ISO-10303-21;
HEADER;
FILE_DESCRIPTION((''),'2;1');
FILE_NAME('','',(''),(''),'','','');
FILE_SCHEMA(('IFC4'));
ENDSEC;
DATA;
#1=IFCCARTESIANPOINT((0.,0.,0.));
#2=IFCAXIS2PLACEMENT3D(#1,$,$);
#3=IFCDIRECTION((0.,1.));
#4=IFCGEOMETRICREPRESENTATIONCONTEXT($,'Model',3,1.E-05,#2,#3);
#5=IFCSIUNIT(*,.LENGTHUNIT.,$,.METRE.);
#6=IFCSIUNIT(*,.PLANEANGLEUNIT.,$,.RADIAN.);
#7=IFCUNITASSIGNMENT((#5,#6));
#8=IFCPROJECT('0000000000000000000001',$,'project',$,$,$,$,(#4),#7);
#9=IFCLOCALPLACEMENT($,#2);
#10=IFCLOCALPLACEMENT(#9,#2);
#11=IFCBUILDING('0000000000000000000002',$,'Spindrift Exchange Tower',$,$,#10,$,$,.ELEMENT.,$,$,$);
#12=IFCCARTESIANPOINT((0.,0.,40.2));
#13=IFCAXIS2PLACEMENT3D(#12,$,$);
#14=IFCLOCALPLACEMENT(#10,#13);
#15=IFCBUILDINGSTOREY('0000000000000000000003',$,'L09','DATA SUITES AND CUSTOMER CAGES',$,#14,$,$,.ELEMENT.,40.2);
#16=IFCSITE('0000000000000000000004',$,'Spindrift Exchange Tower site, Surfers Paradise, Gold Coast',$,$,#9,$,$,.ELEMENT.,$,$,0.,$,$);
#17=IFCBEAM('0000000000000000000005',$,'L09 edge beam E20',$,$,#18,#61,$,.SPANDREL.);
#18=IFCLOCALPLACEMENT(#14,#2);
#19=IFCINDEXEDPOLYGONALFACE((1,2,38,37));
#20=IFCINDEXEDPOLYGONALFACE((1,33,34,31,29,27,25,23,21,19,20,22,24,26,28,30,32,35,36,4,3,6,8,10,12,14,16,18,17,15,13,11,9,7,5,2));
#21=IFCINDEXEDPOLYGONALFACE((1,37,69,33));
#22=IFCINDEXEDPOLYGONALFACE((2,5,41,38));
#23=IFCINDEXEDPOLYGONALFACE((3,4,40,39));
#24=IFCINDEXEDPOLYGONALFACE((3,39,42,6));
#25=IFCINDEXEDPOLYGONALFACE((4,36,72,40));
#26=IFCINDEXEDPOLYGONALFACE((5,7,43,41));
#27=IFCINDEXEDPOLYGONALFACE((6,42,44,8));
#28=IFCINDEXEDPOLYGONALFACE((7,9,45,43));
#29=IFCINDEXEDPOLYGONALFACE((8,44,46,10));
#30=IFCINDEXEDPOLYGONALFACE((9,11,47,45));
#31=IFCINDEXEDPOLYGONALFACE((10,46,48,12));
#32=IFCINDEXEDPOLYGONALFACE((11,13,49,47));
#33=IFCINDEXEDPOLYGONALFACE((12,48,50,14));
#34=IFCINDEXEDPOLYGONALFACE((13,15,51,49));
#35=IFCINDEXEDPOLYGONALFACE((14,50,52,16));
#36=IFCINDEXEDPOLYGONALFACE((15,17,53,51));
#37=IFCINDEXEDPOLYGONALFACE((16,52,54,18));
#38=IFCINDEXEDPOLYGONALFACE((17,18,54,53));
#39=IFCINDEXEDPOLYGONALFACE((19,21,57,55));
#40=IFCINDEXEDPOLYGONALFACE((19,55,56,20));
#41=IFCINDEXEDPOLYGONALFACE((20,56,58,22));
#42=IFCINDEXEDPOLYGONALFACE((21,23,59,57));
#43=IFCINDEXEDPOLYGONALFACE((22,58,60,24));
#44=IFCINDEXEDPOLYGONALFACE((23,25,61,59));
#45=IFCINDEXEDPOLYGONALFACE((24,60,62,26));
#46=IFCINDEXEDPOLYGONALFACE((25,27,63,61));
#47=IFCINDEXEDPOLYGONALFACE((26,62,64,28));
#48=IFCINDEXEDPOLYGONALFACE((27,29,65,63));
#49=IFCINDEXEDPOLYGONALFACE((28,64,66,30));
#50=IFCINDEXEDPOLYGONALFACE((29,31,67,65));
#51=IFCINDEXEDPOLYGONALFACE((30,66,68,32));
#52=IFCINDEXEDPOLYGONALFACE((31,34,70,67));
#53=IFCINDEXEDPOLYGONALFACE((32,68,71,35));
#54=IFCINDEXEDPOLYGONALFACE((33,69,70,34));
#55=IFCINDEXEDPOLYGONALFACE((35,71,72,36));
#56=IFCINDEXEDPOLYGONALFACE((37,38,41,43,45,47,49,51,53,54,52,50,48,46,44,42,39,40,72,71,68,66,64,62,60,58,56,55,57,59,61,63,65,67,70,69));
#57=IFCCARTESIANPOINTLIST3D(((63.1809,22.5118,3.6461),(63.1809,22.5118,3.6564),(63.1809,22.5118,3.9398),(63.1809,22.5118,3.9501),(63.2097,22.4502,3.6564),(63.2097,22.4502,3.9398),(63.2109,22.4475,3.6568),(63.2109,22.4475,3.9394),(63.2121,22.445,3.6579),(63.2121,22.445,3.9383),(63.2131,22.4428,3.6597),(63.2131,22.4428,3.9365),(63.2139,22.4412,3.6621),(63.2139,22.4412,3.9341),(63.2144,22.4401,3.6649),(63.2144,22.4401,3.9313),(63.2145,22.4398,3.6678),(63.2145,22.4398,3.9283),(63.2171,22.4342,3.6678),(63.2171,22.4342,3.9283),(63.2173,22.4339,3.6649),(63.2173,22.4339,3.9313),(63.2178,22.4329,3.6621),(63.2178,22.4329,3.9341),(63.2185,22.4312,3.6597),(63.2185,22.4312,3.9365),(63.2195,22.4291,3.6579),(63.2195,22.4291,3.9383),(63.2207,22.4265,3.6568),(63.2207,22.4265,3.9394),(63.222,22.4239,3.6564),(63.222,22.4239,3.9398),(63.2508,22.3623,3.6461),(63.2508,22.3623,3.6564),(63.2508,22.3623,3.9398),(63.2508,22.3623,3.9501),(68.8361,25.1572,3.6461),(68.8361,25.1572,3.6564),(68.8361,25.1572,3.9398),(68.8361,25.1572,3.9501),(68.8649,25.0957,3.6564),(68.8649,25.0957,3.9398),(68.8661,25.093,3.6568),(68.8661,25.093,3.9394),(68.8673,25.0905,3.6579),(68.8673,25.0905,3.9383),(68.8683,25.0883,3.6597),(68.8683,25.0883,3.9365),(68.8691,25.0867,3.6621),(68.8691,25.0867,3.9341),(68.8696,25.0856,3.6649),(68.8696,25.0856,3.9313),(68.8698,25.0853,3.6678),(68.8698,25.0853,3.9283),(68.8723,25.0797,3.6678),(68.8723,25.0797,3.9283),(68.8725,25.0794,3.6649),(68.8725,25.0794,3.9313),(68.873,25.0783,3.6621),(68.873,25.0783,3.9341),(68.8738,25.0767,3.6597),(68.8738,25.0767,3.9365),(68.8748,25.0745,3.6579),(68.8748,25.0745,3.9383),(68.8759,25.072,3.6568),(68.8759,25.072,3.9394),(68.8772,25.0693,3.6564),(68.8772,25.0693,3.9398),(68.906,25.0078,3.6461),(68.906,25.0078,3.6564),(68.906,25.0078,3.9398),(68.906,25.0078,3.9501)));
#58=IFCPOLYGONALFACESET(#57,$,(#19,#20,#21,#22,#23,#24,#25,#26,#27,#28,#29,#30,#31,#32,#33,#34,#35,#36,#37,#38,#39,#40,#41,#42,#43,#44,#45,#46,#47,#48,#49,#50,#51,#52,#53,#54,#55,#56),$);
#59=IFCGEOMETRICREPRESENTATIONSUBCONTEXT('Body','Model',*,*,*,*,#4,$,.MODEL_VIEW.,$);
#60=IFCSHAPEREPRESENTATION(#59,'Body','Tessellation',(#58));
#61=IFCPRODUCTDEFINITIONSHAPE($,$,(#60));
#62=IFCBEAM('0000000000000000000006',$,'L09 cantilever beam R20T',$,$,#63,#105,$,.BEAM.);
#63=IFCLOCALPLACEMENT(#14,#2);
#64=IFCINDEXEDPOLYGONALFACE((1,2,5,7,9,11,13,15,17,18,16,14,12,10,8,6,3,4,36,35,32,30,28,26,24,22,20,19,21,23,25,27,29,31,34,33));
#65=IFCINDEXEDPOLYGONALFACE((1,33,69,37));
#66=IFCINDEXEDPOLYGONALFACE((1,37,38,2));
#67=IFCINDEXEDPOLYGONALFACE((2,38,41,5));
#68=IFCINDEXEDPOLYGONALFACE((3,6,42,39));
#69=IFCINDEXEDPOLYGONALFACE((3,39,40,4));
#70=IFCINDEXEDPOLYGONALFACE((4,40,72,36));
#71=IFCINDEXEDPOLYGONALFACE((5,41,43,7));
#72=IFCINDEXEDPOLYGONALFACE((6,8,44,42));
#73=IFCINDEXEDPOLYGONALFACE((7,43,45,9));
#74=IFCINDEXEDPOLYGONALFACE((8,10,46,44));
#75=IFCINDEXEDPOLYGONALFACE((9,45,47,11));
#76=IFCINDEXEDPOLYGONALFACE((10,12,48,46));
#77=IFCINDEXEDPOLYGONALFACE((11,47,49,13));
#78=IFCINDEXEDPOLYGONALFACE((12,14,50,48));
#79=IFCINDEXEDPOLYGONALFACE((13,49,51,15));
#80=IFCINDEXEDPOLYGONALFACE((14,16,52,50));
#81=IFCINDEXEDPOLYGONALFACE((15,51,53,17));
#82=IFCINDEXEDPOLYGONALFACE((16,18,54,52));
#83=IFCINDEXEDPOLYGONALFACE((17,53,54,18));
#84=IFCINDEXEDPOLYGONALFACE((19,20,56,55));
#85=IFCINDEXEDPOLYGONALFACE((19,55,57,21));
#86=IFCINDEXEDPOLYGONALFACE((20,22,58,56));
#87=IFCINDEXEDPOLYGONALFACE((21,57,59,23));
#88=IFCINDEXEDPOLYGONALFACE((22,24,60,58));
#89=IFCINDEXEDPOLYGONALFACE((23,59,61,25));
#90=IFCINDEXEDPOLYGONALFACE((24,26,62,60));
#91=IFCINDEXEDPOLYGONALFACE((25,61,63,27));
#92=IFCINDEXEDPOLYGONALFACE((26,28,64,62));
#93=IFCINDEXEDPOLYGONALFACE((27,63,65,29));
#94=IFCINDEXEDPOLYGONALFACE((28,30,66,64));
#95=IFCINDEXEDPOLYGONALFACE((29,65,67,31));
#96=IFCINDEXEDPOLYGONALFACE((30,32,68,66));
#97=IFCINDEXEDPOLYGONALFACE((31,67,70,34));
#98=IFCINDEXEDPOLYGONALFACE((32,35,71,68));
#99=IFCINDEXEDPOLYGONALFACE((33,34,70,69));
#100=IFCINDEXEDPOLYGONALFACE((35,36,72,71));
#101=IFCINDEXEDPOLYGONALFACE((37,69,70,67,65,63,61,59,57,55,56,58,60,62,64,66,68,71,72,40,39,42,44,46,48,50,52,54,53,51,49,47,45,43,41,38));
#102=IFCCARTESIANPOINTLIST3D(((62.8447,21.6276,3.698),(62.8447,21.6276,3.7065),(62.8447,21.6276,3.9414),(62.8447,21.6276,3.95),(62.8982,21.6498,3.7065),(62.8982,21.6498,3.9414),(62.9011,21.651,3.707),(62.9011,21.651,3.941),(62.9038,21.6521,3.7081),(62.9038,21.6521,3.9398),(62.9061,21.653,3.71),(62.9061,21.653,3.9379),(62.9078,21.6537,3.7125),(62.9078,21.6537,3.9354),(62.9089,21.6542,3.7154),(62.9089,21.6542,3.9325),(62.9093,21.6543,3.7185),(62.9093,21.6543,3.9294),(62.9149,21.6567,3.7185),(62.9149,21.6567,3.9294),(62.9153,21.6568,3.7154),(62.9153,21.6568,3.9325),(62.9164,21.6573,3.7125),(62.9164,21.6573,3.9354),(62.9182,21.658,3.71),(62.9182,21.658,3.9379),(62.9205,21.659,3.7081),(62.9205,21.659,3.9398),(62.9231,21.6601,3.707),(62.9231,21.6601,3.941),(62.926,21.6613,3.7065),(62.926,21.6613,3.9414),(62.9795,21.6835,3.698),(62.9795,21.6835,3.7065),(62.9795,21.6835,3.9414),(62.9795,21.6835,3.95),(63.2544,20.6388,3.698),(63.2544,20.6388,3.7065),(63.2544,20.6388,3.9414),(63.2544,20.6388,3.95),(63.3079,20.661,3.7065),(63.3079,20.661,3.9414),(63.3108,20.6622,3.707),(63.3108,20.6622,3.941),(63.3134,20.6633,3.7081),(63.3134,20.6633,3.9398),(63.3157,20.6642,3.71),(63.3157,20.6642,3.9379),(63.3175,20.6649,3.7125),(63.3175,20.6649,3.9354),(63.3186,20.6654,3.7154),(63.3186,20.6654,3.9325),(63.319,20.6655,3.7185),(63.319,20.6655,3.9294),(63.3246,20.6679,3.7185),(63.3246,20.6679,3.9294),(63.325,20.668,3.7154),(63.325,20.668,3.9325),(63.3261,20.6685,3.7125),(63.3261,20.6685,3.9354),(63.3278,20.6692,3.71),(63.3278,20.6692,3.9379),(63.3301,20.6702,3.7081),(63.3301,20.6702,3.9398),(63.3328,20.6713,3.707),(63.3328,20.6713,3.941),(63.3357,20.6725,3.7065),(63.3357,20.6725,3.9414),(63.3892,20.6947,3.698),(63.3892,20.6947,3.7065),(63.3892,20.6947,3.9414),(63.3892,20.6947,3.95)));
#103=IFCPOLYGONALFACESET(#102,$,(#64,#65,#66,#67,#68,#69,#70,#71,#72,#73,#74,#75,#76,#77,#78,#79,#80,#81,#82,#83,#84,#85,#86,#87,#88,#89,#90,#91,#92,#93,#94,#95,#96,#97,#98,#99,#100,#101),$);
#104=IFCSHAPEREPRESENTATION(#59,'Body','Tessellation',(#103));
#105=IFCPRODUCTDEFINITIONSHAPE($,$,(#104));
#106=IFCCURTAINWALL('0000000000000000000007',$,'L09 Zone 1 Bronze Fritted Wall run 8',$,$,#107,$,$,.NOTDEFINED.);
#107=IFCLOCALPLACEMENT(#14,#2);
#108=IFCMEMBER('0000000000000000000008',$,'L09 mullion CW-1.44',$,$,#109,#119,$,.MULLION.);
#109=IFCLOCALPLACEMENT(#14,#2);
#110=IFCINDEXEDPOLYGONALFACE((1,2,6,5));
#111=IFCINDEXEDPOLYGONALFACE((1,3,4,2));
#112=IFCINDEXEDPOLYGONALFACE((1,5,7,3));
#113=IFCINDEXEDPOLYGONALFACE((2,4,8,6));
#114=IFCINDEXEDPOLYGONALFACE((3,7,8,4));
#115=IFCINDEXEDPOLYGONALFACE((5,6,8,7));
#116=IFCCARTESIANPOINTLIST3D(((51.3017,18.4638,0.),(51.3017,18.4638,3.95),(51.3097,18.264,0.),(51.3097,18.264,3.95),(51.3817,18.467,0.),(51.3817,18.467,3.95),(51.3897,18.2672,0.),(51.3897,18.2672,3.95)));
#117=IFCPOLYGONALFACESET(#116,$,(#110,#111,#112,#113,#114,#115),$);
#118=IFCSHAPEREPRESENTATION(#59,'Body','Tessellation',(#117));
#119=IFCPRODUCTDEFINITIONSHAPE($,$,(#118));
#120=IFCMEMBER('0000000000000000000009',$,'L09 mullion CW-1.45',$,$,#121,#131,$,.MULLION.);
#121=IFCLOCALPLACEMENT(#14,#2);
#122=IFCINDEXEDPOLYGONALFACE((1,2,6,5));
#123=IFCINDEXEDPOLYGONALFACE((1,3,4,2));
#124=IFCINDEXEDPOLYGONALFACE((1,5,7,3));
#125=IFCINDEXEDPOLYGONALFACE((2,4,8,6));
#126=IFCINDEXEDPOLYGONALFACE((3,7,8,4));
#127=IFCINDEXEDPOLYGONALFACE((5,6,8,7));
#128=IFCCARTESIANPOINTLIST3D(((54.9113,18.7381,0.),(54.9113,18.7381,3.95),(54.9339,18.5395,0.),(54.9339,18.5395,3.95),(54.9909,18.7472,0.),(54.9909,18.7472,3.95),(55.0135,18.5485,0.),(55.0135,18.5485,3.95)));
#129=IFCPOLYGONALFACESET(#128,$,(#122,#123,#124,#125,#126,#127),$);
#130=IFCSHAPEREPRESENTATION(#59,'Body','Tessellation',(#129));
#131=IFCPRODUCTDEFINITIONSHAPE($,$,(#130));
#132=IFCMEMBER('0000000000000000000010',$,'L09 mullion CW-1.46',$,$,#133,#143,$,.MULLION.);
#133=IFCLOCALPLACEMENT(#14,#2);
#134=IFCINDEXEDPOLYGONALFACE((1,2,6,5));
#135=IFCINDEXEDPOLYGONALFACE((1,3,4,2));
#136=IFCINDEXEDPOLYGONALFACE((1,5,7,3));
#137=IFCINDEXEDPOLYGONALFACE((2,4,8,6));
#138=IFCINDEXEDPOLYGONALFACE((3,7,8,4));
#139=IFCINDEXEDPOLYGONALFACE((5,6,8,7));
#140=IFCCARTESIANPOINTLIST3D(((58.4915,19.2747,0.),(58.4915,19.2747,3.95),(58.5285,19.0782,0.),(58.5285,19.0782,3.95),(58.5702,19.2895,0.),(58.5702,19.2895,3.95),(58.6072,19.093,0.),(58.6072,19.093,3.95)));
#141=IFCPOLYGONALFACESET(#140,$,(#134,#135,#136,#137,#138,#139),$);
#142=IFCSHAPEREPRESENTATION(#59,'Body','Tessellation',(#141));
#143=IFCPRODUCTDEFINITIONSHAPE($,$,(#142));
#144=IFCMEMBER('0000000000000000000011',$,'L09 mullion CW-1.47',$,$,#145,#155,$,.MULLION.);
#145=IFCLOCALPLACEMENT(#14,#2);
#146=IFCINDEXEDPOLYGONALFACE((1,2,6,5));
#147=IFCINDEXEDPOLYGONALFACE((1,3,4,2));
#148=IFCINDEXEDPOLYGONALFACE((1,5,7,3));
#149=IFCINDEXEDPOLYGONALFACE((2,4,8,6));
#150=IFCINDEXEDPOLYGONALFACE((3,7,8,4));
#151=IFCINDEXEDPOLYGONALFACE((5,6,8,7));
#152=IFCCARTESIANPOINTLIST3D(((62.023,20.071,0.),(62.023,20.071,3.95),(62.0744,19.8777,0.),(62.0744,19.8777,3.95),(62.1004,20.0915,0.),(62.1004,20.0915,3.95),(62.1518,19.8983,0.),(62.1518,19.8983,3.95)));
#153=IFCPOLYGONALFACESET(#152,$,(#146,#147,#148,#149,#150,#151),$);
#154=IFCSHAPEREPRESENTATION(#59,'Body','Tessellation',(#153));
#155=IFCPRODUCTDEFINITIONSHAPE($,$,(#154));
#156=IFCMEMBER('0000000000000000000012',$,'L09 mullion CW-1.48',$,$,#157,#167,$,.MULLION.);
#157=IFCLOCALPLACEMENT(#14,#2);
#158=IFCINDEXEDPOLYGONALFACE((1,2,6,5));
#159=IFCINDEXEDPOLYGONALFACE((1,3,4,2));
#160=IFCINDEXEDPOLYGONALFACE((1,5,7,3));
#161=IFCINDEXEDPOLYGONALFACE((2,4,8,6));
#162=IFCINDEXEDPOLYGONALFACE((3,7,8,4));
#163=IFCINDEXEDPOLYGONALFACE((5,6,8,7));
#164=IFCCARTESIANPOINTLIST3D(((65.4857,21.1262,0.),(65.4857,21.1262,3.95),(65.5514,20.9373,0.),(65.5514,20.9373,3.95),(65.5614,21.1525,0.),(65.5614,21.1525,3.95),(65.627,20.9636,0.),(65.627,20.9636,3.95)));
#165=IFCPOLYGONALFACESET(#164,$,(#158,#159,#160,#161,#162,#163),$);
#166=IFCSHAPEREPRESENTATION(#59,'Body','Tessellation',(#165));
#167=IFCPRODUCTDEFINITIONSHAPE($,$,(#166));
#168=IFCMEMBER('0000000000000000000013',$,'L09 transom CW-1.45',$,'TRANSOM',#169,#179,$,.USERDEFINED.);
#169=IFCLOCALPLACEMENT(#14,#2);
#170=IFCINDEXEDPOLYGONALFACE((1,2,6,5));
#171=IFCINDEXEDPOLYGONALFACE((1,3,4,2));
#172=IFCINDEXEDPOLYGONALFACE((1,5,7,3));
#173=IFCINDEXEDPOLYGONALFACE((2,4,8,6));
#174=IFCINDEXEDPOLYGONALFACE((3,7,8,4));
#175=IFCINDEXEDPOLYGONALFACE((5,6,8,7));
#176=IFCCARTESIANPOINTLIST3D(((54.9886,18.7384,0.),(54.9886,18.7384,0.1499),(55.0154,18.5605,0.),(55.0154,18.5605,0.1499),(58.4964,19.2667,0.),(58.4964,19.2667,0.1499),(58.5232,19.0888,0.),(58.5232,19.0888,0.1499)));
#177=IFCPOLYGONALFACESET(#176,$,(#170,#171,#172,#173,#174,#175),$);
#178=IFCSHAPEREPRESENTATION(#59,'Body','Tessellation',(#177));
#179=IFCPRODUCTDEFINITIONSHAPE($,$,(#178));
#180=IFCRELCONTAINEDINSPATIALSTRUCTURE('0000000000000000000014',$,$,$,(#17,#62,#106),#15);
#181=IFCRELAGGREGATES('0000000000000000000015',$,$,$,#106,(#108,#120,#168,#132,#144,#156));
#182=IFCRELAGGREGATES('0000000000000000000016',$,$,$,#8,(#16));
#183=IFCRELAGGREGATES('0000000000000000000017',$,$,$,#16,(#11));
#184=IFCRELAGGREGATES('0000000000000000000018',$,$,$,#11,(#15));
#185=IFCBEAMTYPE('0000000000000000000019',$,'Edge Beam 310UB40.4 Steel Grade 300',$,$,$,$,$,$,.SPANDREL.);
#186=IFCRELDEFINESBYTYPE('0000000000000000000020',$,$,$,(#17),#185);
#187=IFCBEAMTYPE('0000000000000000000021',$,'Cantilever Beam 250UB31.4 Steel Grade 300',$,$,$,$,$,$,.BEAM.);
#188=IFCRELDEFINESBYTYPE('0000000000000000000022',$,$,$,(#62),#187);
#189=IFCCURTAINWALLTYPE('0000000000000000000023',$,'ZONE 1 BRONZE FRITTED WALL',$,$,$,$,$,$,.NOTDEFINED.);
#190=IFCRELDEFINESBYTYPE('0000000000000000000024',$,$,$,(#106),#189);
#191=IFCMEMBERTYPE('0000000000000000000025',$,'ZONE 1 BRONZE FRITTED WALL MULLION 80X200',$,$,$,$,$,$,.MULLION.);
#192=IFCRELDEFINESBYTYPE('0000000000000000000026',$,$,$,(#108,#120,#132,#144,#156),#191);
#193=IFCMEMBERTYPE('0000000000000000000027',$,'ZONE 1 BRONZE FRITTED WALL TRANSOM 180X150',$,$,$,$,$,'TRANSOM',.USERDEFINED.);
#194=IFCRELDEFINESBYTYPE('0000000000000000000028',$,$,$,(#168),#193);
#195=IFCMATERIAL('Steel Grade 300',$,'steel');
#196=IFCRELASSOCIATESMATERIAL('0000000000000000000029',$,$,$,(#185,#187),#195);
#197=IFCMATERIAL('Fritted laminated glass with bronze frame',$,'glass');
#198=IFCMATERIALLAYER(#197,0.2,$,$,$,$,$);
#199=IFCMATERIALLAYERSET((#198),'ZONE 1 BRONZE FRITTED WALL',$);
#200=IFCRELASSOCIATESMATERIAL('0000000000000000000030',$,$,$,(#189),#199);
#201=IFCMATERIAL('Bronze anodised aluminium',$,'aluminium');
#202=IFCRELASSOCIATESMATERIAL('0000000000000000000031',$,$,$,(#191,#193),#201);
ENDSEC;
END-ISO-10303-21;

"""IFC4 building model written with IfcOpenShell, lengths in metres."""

from ifc_helpers import new_model, si_unit, direction, frame, origin, origin_2d, place, context, subcontext, project, spatial, rectangle, i_section, extrude, source, transform, mapped, material, layer, layer_set, material_profile, profile_set, type_object, element, aggregate, save


model = new_model("IFC4")

# Units and contexts
model_context = context("Model", 3, precision=1e-05, world=origin(), true_north=direction((0.0, 1.0)))
body_context = subcontext(model_context, "Body", "Model", "MODEL_VIEW")
ifc_project = project(units=[si_unit("LENGTHUNIT", "METRE"), si_unit("PLANEANGLEUNIT", "RADIAN")], contexts=[model_context])

# Site, building, storey
site_placement = place(None, origin())
site = spatial("IfcSite", under=ifc_project, at=site_placement, Name="Spindrift Exchange Tower site, Surfers Paradise, Gold Coast", CompositionType="ELEMENT", RefElevation=0.0)
building_placement = place(site_placement, origin())
building = spatial("IfcBuilding", under=site, at=building_placement, Name="Spindrift Exchange Tower", CompositionType="ELEMENT")
storey_placement = place(building_placement, frame((0.0, 0.0, 40.2)))
storey = spatial("IfcBuildingStorey", under=building, at=storey_placement, Name="L09", Description="DATA SUITES AND CUSTOMER CAGES", CompositionType="ELEMENT", Elevation=40.2)

# Beams
ifc_material_1 = material(Name="Steel Grade 300", Category="steel")
ifc_material_profile_1 = material_profile(ifc_material_1, i_section(OverallWidth=0.165, OverallDepth=0.304, WebThickness=0.0061, FlangeThickness=0.0103, FilletRadius=0.0115, at=origin_2d()), Name="310UB40.4")
ifc_profile_set_1 = profile_set([ifc_material_profile_1], Name="Steel Grade 300")
beam_type_1 = type_object("IfcBeamType", Name="Edge Beam 310UB40.4 Steel Grade 300", PredefinedType="SPANDREL", material=ifc_profile_set_1)
shared_shape_1 = source(origin(), body_context, "Body", "SweptSolid", [
    extrude(i_section(OverallWidth=0.165, OverallDepth=0.304, WebThickness=0.0061, FlangeThickness=0.0103, FilletRadius=0.0115, at=origin_2d()), origin(), (0.0, 0.0, 1.0), 6.2434),
])
beam_1_placement = place(storey_placement, frame((63.2158, 22.437, 3.7981), z_axis=(0.905791, 0.423724, 0.0), x_axis=(-0.423724, 0.905791, 0.0)))
element("IfcBeam", 1, at=beam_1_placement, inside=storey, type_object=beam_type_1, Name="L09 edge beam E20", PredefinedType="SPANDREL", context=body_context, shape_type="MappedRepresentation", body=[
    mapped(shared_shape_1, transform((0.0, 0.0, 0.0), scale=1.0)),
])
ifc_material_profile_2 = material_profile(ifc_material_1, i_section(OverallWidth=0.146, OverallDepth=0.252, WebThickness=0.0061, FlangeThickness=0.0085, FilletRadius=0.012, at=origin_2d()), Name="250UB31.4")
ifc_profile_set_2 = profile_set([ifc_material_profile_2], Name="Steel Grade 300")
beam_type_2 = type_object("IfcBeamType", Name="Cantilever Beam 250UB31.4 Steel Grade 300", PredefinedType="BEAM", material=ifc_profile_set_2)
shared_shape_2 = source(origin(), body_context, "Body", "SweptSolid", [
    extrude(i_section(OverallWidth=0.146, OverallDepth=0.252, WebThickness=0.0061, FlangeThickness=0.0085, FilletRadius=0.012, at=origin_2d()), origin(), (0.0, 0.0, 1.0), 1.0703),
])
beam_2_placement = place(storey_placement, frame((62.9121, 21.6555, 3.824), z_axis=(0.382768, -0.923844, 0.0), x_axis=(0.923844, 0.382768, 0.0)))
element("IfcBeam", 2, at=beam_2_placement, inside=storey, type_object=beam_type_2, Name="L09 cantilever beam R20T", PredefinedType="BEAM", context=body_context, shape_type="MappedRepresentation", body=[
    mapped(shared_shape_2, transform((0.0, 0.0, 0.0), scale=1.0)),
])

# Curtain wall, members
ifc_material_2 = material(Name="Fritted laminated glass with bronze frame", Category="glass")
ifc_layer_1 = layer(ifc_material_2, 0.2)
ifc_layer_set_1 = layer_set([ifc_layer_1], Name="ZONE 1 BRONZE FRITTED WALL")
curtain_wall_type = type_object("IfcCurtainWallType", Name="ZONE 1 BRONZE FRITTED WALL", PredefinedType="NOTDEFINED", material=ifc_layer_set_1)
curtain_wall_placement = place(storey_placement, origin())
curtain_wall = element("IfcCurtainWall", 3, at=curtain_wall_placement, inside=storey, type_object=curtain_wall_type, Name="L09 Zone 1 Bronze Fritted Wall run 8", PredefinedType="NOTDEFINED")
ifc_material_3 = material(Name="Bronze anodised aluminium", Category="aluminium")
ifc_material_profile_3 = material_profile(ifc_material_3, rectangle(XDim=0.0801, YDim=0.2, at=origin_2d()), Name="ZONE 1 BRONZE FRITTED WALL MULLION 80X200")
ifc_profile_set_3 = profile_set([ifc_material_profile_3], Name="Bronze anodised aluminium")
member_type_1 = type_object("IfcMemberType", Name="ZONE 1 BRONZE FRITTED WALL MULLION 80X200", PredefinedType="MULLION", material=ifc_profile_set_3)
shared_shape_3 = source(origin(), body_context, "Body", "SweptSolid", [
    extrude(rectangle(XDim=0.0801, YDim=0.2, at=origin_2d()), origin(), (0.0, 0.0, 1.0), 3.95),
])
member_1_placement = place(storey_placement, frame((51.3457, 18.3655, 0.0), z_axis=(0.0, 0.0, 1.0), x_axis=(0.999204, 0.039903, 0.0)))
member_1 = element("IfcMember", 4, at=member_1_placement, type_object=member_type_1, Name="L09 mullion CW-1.44", PredefinedType="MULLION", context=body_context, shape_type="MappedRepresentation", body=[
    mapped(shared_shape_3, transform((0.0, 0.0, 0.0), scale=1.0)),
])
member_2_placement = place(storey_placement, frame((54.9624, 18.6433, 0.0), z_axis=(0.0, 0.0, 1.0), x_axis=(0.993611, 0.112855, 0.0)))
member_2 = element("IfcMember", 5, at=member_2_placement, type_object=member_type_1, Name="L09 mullion CW-1.45", PredefinedType="MULLION", context=body_context, shape_type="MappedRepresentation", body=[
    mapped(shared_shape_3, transform((0.0, 0.0, 0.0), scale=1.0)),
])
member_3_placement = place(storey_placement, frame((58.5493, 19.1838, 0.0), z_axis=(0.0, 0.0, 1.0), x_axis=(0.982742, 0.184981, 0.0)))
member_3 = element("IfcMember", 6, at=member_3_placement, type_object=member_type_1, Name="L09 mullion CW-1.46", PredefinedType="MULLION", context=body_context, shape_type="MappedRepresentation", body=[
    mapped(shared_shape_3, transform((0.0, 0.0, 0.0), scale=1.0)),
])
member_4_placement = place(storey_placement, frame((62.0874, 19.9846, 0.0), z_axis=(0.0, 0.0, 1.0), x_axis=(0.966489, 0.256708, 0.0)))
member_4 = element("IfcMember", 7, at=member_4_placement, type_object=member_type_1, Name="L09 mullion CW-1.47", PredefinedType="MULLION", context=body_context, shape_type="MappedRepresentation", body=[
    mapped(shared_shape_3, transform((0.0, 0.0, 0.0), scale=1.0)),
])
member_5_placement = place(storey_placement, frame((65.5564, 21.0449, 0.0), z_axis=(0.0, 0.0, 1.0), x_axis=(0.944531, 0.328422, 0.0)))
member_5 = element("IfcMember", 8, at=member_5_placement, type_object=member_type_1, Name="L09 mullion CW-1.48", PredefinedType="MULLION", context=body_context, shape_type="MappedRepresentation", body=[
    mapped(shared_shape_3, transform((0.0, 0.0, 0.0), scale=1.0)),
])
ifc_material_profile_4 = material_profile(ifc_material_3, rectangle(XDim=0.1799, YDim=0.1499, at=origin_2d()), Name="ZONE 1 BRONZE FRITTED WALL TRANSOM 180X150")
ifc_profile_set_4 = profile_set([ifc_material_profile_4], Name="Bronze anodised aluminium")
member_type_2 = type_object("IfcMemberType", Name="ZONE 1 BRONZE FRITTED WALL TRANSOM 180X150", ElementType="TRANSOM", PredefinedType="USERDEFINED", material=ifc_profile_set_4)
shared_shape_4 = source(origin(), body_context, "Body", "SweptSolid", [
    extrude(rectangle(XDim=0.1799, YDim=0.1499, at=origin_2d()), origin(), (0.0, 0.0, 1.0), 3.5474),
])
member_6_placement = place(storey_placement, frame((55.002, 18.6494, 0.075), z_axis=(0.988847, 0.148933, 0.0), x_axis=(-0.148933, 0.988847, 0.0)))
member_6 = element("IfcMember", 9, at=member_6_placement, type_object=member_type_2, Name="L09 transom CW-1.45", ObjectType="TRANSOM", PredefinedType="USERDEFINED", context=body_context, shape_type="MappedRepresentation", body=[
    mapped(shared_shape_4, transform((0.0, 0.0, 0.0), scale=1.0)),
])
aggregate(curtain_wall, [member_1, member_2, member_6, member_3, member_4, member_5])

save(model, "model.ifc")
